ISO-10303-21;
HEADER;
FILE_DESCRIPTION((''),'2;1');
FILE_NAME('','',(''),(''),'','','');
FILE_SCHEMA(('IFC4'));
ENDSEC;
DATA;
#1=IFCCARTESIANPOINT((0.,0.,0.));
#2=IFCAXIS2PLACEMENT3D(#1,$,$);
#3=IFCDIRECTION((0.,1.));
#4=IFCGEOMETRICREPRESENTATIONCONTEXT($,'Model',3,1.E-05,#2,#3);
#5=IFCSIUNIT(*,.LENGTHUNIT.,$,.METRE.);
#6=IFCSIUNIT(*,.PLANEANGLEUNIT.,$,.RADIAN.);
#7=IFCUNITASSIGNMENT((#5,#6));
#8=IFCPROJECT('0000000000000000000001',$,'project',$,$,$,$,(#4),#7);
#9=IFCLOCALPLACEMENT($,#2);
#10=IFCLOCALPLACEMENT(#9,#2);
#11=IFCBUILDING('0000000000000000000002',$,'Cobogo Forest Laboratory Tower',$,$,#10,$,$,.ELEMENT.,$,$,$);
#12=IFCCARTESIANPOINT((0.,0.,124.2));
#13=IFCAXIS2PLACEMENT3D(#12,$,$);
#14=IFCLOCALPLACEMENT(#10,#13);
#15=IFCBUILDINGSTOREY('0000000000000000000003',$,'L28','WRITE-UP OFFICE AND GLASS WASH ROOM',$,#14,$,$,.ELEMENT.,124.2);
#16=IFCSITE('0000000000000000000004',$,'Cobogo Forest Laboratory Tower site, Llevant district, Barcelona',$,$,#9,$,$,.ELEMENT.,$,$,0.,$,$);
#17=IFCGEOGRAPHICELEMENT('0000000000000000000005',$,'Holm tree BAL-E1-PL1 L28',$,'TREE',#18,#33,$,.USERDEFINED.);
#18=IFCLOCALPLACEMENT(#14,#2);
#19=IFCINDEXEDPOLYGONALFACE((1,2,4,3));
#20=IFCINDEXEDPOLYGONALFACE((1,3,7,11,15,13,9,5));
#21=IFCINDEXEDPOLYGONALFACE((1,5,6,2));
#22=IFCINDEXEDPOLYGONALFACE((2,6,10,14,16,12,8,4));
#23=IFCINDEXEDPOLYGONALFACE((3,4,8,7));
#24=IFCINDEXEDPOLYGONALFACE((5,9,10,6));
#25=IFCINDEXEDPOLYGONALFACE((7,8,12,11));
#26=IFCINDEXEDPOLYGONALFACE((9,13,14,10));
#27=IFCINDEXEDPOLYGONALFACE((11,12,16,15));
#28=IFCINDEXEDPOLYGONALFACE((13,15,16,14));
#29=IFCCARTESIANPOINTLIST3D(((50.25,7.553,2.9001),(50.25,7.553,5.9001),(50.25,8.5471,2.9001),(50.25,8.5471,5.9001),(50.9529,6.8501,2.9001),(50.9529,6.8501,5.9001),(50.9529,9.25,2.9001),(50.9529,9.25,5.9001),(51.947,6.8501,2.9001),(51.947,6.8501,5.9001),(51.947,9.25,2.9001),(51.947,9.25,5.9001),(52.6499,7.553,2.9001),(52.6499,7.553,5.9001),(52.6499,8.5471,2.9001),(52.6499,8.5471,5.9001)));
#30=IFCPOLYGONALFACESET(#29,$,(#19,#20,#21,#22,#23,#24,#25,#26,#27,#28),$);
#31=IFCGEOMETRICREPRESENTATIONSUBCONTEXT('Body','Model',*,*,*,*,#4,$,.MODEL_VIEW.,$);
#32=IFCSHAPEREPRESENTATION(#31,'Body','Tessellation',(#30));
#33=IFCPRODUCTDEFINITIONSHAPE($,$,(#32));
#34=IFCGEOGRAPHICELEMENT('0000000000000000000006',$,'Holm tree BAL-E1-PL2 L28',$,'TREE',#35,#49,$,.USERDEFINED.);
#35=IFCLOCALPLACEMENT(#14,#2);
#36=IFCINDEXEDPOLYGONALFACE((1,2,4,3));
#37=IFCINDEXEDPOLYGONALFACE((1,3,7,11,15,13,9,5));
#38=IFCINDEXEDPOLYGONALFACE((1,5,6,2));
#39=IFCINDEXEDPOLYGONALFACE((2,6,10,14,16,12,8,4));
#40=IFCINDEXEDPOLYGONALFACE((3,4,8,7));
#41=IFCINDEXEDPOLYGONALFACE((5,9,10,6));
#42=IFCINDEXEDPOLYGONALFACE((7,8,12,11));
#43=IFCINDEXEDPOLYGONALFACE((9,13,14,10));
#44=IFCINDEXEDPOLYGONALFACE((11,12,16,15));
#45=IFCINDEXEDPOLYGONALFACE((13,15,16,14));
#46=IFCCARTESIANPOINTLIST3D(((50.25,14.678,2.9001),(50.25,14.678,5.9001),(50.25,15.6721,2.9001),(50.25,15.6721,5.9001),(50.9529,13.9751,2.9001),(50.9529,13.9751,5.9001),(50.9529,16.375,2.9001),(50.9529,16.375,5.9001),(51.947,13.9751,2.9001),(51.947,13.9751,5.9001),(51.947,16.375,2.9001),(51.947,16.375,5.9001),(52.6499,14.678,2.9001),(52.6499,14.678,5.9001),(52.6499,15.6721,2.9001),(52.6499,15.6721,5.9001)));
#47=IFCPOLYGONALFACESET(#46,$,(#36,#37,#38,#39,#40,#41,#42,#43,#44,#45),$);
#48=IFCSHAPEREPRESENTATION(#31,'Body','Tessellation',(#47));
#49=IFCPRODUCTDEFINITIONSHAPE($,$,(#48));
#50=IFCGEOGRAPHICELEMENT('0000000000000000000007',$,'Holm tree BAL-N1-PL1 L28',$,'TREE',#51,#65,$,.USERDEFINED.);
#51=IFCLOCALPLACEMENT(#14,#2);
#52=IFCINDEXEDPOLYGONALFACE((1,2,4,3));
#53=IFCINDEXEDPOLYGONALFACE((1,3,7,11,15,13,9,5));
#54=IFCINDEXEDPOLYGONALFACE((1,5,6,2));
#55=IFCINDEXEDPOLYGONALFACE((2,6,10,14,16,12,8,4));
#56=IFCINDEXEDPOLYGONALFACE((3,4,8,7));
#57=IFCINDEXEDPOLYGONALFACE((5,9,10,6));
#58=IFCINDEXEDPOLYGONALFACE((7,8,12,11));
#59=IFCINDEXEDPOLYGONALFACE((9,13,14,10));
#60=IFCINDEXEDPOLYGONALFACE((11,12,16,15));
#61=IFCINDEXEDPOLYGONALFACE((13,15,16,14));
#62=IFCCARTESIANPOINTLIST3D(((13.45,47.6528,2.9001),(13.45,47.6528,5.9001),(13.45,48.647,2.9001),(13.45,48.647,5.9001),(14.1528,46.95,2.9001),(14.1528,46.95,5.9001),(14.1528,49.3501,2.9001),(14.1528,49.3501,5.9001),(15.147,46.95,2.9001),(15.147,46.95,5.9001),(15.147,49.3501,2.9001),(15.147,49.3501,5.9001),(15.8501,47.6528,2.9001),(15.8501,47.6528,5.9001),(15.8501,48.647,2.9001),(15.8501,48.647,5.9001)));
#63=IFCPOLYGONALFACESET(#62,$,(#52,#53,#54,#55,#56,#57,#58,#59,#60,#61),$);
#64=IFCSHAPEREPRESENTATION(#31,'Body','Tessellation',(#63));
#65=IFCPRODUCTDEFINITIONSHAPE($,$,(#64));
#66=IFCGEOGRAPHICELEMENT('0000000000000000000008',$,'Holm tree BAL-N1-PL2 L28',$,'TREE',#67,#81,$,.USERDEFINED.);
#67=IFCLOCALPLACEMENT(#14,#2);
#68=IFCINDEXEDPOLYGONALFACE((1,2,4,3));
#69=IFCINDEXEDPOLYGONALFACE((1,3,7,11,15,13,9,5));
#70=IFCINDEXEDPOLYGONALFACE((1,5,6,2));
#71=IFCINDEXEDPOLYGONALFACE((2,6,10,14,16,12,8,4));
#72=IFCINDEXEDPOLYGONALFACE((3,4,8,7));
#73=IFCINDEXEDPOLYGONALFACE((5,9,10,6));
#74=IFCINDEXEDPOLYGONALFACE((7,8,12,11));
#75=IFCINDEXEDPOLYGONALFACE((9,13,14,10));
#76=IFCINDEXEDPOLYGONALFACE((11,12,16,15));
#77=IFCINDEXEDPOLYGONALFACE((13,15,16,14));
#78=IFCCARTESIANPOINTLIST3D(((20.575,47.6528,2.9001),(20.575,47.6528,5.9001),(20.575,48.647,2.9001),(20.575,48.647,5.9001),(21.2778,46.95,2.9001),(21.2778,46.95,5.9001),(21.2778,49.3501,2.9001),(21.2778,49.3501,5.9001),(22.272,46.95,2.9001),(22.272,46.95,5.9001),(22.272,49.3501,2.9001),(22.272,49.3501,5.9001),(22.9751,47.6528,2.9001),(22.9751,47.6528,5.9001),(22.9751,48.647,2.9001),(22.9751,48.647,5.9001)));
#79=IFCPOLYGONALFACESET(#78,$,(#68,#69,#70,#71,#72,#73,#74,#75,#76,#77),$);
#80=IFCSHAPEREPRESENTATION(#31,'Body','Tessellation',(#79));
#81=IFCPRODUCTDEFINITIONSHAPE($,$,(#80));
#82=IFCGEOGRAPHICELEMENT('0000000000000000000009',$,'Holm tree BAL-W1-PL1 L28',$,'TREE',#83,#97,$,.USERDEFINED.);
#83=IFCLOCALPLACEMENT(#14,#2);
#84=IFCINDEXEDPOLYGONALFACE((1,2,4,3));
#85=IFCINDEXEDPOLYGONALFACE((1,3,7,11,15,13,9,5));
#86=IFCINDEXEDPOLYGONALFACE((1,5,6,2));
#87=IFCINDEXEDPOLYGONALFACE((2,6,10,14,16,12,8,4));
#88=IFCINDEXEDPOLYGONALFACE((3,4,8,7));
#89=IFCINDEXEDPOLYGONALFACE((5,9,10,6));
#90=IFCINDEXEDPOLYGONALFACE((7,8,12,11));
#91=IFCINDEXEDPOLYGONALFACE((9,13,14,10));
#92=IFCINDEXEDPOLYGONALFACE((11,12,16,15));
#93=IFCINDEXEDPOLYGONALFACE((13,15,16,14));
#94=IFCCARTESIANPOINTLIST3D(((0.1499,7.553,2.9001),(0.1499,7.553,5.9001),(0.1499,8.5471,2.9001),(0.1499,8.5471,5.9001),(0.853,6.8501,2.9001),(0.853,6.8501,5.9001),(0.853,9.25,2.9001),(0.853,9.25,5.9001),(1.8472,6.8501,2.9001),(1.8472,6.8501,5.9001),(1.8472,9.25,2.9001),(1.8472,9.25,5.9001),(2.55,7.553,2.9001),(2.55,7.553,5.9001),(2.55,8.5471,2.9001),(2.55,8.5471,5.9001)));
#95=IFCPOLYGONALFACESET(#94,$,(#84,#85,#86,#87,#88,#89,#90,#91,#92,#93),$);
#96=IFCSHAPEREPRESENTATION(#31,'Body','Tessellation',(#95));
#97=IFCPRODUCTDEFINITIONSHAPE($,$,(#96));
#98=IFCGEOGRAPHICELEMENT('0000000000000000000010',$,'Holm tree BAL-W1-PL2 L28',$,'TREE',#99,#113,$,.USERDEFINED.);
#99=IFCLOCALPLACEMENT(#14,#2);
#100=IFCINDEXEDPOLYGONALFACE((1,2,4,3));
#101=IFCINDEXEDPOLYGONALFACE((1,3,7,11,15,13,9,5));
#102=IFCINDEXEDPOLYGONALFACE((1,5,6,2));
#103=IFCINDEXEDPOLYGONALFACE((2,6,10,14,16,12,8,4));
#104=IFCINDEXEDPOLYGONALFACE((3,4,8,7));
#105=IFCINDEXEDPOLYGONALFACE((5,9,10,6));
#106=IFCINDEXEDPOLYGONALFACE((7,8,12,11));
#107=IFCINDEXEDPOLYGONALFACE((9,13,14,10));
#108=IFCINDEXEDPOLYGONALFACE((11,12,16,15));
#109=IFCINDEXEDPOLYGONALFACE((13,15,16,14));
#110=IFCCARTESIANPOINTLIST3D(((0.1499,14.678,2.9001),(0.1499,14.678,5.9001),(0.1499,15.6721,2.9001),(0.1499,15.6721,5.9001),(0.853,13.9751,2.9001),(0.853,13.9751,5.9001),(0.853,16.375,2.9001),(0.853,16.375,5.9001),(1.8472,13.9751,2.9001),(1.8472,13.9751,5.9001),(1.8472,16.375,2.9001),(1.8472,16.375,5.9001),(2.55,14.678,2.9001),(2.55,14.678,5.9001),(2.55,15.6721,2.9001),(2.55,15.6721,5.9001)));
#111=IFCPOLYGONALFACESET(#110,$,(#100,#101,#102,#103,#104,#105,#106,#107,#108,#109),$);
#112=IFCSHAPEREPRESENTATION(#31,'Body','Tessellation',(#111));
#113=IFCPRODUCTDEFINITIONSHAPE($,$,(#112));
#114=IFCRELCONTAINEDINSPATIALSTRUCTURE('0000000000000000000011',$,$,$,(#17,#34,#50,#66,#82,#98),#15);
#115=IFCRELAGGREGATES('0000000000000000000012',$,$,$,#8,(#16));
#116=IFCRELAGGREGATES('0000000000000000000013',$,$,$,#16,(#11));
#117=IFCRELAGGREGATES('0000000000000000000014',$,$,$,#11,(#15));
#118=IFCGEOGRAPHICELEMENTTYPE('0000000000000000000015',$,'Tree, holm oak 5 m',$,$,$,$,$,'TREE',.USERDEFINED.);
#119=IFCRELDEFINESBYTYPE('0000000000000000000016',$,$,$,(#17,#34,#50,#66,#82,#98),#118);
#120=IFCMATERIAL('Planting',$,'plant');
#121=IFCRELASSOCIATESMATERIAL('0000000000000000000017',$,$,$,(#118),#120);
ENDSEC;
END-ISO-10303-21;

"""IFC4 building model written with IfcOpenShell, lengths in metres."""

from ifc_helpers import new_model, si_unit, direction, frame, origin, place, context, subcontext, project, spatial, polyline, outline, extrude, material, type_object, element, save


model = new_model("IFC4")

# Units and contexts
model_context = context("Model", 3, precision=1e-05, world=origin(), true_north=direction((0.0, 1.0)))
body_context = subcontext(model_context, "Body", "Model", "MODEL_VIEW")
ifc_project = project(units=[si_unit("LENGTHUNIT", "METRE"), si_unit("PLANEANGLEUNIT", "RADIAN")], contexts=[model_context])

# Site, building, storey
site_placement = place(None, origin())
site = spatial("IfcSite", under=ifc_project, at=site_placement, Name="Cobogo Forest Laboratory Tower site, Llevant district, Barcelona", CompositionType="ELEMENT", RefElevation=0.0)
building_placement = place(site_placement, origin())
building = spatial("IfcBuilding", under=site, at=building_placement, Name="Cobogo Forest Laboratory Tower", CompositionType="ELEMENT")
storey_placement = place(building_placement, frame((0.0, 0.0, 124.2)))
storey = spatial("IfcBuildingStorey", under=building, at=storey_placement, Name="L28", Description="WRITE-UP OFFICE AND GLASS WASH ROOM", CompositionType="ELEMENT", Elevation=124.2)

# Geographic elements
ifc_material_1 = material(Name="Planting", Category="plant")
geographic_element_type = type_object("IfcGeographicElementType", Name="Tree, holm oak 5 m", ElementType="TREE", PredefinedType="USERDEFINED", material=ifc_material_1)
geographic_element_1_placement = place(storey_placement, frame((0.0, 0.0, 2.9001)))
element("IfcGeographicElement", 1, at=geographic_element_1_placement, inside=storey, type_object=geographic_element_type, Name="Holm tree BAL-E1-PL1 L28", ObjectType="TREE", PredefinedType="USERDEFINED", context=body_context, shape_type="SweptSolid", body=[
    extrude(outline(polyline([(52.6499, 7.553), (52.6499, 8.5471), (51.947, 9.25), (50.9529, 9.25), (50.25, 8.5471), (50.25, 7.553), (50.9529, 6.8501), (51.947, 6.8501), (52.6499, 7.553)])), origin(), (0.0, 0.0, 1.0), 3.0),
])
geographic_element_2_placement = place(storey_placement, frame((0.0, 0.0, 2.9001)))
element("IfcGeographicElement", 2, at=geographic_element_2_placement, inside=storey, type_object=geographic_element_type, Name="Holm tree BAL-E1-PL2 L28", ObjectType="TREE", PredefinedType="USERDEFINED", context=body_context, shape_type="SweptSolid", body=[
    extrude(outline(polyline([(52.6499, 14.678), (52.6499, 15.6721), (51.947, 16.375), (50.9529, 16.375), (50.25, 15.6721), (50.25, 14.678), (50.9529, 13.9751), (51.947, 13.9751), (52.6499, 14.678)])), origin(), (0.0, 0.0, 1.0), 3.0),
])
geographic_element_3_placement = place(storey_placement, frame((0.0, 0.0, 2.9001)))
element("IfcGeographicElement", 3, at=geographic_element_3_placement, inside=storey, type_object=geographic_element_type, Name="Holm tree BAL-N1-PL1 L28", ObjectType="TREE", PredefinedType="USERDEFINED", context=body_context, shape_type="SweptSolid", body=[
    extrude(outline(polyline([(15.8501, 47.6528), (15.8501, 48.647), (15.147, 49.3501), (14.1528, 49.3501), (13.45, 48.647), (13.45, 47.6528), (14.1528, 46.95), (15.147, 46.95), (15.8501, 47.6528)])), origin(), (0.0, 0.0, 1.0), 3.0),
])
geographic_element_4_placement = place(storey_placement, frame((0.0, 0.0, 2.9001)))
element("IfcGeographicElement", 4, at=geographic_element_4_placement, inside=storey, type_object=geographic_element_type, Name="Holm tree BAL-N1-PL2 L28", ObjectType="TREE", PredefinedType="USERDEFINED", context=body_context, shape_type="SweptSolid", body=[
    extrude(outline(polyline([(22.9751, 47.6528), (22.9751, 48.647), (22.272, 49.3501), (21.2778, 49.3501), (20.575, 48.647), (20.575, 47.6528), (21.2778, 46.95), (22.272, 46.95), (22.9751, 47.6528)])), origin(), (0.0, 0.0, 1.0), 3.0),
])
geographic_element_5_placement = place(storey_placement, frame((0.0, 0.0, 2.9001)))
element("IfcGeographicElement", 5, at=geographic_element_5_placement, inside=storey, type_object=geographic_element_type, Name="Holm tree BAL-W1-PL1 L28", ObjectType="TREE", PredefinedType="USERDEFINED", context=body_context, shape_type="SweptSolid", body=[
    extrude(outline(polyline([(2.55, 7.553), (2.55, 8.5471), (1.8472, 9.25), (0.853, 9.25), (0.1499, 8.5471), (0.1499, 7.553), (0.853, 6.8501), (1.8472, 6.8501), (2.55, 7.553)])), origin(), (0.0, 0.0, 1.0), 3.0),
])
geographic_element_6_placement = place(storey_placement, frame((0.0, 0.0, 2.9001)))
element("IfcGeographicElement", 6, at=geographic_element_6_placement, inside=storey, type_object=geographic_element_type, Name="Holm tree BAL-W1-PL2 L28", ObjectType="TREE", PredefinedType="USERDEFINED", context=body_context, shape_type="SweptSolid", body=[
    extrude(outline(polyline([(2.55, 14.678), (2.55, 15.6721), (1.8472, 16.375), (0.853, 16.375), (0.1499, 15.6721), (0.1499, 14.678), (0.853, 13.9751), (1.8472, 13.9751), (2.55, 14.678)])), origin(), (0.0, 0.0, 1.0), 3.0),
])

save(model, "model.ifc")
